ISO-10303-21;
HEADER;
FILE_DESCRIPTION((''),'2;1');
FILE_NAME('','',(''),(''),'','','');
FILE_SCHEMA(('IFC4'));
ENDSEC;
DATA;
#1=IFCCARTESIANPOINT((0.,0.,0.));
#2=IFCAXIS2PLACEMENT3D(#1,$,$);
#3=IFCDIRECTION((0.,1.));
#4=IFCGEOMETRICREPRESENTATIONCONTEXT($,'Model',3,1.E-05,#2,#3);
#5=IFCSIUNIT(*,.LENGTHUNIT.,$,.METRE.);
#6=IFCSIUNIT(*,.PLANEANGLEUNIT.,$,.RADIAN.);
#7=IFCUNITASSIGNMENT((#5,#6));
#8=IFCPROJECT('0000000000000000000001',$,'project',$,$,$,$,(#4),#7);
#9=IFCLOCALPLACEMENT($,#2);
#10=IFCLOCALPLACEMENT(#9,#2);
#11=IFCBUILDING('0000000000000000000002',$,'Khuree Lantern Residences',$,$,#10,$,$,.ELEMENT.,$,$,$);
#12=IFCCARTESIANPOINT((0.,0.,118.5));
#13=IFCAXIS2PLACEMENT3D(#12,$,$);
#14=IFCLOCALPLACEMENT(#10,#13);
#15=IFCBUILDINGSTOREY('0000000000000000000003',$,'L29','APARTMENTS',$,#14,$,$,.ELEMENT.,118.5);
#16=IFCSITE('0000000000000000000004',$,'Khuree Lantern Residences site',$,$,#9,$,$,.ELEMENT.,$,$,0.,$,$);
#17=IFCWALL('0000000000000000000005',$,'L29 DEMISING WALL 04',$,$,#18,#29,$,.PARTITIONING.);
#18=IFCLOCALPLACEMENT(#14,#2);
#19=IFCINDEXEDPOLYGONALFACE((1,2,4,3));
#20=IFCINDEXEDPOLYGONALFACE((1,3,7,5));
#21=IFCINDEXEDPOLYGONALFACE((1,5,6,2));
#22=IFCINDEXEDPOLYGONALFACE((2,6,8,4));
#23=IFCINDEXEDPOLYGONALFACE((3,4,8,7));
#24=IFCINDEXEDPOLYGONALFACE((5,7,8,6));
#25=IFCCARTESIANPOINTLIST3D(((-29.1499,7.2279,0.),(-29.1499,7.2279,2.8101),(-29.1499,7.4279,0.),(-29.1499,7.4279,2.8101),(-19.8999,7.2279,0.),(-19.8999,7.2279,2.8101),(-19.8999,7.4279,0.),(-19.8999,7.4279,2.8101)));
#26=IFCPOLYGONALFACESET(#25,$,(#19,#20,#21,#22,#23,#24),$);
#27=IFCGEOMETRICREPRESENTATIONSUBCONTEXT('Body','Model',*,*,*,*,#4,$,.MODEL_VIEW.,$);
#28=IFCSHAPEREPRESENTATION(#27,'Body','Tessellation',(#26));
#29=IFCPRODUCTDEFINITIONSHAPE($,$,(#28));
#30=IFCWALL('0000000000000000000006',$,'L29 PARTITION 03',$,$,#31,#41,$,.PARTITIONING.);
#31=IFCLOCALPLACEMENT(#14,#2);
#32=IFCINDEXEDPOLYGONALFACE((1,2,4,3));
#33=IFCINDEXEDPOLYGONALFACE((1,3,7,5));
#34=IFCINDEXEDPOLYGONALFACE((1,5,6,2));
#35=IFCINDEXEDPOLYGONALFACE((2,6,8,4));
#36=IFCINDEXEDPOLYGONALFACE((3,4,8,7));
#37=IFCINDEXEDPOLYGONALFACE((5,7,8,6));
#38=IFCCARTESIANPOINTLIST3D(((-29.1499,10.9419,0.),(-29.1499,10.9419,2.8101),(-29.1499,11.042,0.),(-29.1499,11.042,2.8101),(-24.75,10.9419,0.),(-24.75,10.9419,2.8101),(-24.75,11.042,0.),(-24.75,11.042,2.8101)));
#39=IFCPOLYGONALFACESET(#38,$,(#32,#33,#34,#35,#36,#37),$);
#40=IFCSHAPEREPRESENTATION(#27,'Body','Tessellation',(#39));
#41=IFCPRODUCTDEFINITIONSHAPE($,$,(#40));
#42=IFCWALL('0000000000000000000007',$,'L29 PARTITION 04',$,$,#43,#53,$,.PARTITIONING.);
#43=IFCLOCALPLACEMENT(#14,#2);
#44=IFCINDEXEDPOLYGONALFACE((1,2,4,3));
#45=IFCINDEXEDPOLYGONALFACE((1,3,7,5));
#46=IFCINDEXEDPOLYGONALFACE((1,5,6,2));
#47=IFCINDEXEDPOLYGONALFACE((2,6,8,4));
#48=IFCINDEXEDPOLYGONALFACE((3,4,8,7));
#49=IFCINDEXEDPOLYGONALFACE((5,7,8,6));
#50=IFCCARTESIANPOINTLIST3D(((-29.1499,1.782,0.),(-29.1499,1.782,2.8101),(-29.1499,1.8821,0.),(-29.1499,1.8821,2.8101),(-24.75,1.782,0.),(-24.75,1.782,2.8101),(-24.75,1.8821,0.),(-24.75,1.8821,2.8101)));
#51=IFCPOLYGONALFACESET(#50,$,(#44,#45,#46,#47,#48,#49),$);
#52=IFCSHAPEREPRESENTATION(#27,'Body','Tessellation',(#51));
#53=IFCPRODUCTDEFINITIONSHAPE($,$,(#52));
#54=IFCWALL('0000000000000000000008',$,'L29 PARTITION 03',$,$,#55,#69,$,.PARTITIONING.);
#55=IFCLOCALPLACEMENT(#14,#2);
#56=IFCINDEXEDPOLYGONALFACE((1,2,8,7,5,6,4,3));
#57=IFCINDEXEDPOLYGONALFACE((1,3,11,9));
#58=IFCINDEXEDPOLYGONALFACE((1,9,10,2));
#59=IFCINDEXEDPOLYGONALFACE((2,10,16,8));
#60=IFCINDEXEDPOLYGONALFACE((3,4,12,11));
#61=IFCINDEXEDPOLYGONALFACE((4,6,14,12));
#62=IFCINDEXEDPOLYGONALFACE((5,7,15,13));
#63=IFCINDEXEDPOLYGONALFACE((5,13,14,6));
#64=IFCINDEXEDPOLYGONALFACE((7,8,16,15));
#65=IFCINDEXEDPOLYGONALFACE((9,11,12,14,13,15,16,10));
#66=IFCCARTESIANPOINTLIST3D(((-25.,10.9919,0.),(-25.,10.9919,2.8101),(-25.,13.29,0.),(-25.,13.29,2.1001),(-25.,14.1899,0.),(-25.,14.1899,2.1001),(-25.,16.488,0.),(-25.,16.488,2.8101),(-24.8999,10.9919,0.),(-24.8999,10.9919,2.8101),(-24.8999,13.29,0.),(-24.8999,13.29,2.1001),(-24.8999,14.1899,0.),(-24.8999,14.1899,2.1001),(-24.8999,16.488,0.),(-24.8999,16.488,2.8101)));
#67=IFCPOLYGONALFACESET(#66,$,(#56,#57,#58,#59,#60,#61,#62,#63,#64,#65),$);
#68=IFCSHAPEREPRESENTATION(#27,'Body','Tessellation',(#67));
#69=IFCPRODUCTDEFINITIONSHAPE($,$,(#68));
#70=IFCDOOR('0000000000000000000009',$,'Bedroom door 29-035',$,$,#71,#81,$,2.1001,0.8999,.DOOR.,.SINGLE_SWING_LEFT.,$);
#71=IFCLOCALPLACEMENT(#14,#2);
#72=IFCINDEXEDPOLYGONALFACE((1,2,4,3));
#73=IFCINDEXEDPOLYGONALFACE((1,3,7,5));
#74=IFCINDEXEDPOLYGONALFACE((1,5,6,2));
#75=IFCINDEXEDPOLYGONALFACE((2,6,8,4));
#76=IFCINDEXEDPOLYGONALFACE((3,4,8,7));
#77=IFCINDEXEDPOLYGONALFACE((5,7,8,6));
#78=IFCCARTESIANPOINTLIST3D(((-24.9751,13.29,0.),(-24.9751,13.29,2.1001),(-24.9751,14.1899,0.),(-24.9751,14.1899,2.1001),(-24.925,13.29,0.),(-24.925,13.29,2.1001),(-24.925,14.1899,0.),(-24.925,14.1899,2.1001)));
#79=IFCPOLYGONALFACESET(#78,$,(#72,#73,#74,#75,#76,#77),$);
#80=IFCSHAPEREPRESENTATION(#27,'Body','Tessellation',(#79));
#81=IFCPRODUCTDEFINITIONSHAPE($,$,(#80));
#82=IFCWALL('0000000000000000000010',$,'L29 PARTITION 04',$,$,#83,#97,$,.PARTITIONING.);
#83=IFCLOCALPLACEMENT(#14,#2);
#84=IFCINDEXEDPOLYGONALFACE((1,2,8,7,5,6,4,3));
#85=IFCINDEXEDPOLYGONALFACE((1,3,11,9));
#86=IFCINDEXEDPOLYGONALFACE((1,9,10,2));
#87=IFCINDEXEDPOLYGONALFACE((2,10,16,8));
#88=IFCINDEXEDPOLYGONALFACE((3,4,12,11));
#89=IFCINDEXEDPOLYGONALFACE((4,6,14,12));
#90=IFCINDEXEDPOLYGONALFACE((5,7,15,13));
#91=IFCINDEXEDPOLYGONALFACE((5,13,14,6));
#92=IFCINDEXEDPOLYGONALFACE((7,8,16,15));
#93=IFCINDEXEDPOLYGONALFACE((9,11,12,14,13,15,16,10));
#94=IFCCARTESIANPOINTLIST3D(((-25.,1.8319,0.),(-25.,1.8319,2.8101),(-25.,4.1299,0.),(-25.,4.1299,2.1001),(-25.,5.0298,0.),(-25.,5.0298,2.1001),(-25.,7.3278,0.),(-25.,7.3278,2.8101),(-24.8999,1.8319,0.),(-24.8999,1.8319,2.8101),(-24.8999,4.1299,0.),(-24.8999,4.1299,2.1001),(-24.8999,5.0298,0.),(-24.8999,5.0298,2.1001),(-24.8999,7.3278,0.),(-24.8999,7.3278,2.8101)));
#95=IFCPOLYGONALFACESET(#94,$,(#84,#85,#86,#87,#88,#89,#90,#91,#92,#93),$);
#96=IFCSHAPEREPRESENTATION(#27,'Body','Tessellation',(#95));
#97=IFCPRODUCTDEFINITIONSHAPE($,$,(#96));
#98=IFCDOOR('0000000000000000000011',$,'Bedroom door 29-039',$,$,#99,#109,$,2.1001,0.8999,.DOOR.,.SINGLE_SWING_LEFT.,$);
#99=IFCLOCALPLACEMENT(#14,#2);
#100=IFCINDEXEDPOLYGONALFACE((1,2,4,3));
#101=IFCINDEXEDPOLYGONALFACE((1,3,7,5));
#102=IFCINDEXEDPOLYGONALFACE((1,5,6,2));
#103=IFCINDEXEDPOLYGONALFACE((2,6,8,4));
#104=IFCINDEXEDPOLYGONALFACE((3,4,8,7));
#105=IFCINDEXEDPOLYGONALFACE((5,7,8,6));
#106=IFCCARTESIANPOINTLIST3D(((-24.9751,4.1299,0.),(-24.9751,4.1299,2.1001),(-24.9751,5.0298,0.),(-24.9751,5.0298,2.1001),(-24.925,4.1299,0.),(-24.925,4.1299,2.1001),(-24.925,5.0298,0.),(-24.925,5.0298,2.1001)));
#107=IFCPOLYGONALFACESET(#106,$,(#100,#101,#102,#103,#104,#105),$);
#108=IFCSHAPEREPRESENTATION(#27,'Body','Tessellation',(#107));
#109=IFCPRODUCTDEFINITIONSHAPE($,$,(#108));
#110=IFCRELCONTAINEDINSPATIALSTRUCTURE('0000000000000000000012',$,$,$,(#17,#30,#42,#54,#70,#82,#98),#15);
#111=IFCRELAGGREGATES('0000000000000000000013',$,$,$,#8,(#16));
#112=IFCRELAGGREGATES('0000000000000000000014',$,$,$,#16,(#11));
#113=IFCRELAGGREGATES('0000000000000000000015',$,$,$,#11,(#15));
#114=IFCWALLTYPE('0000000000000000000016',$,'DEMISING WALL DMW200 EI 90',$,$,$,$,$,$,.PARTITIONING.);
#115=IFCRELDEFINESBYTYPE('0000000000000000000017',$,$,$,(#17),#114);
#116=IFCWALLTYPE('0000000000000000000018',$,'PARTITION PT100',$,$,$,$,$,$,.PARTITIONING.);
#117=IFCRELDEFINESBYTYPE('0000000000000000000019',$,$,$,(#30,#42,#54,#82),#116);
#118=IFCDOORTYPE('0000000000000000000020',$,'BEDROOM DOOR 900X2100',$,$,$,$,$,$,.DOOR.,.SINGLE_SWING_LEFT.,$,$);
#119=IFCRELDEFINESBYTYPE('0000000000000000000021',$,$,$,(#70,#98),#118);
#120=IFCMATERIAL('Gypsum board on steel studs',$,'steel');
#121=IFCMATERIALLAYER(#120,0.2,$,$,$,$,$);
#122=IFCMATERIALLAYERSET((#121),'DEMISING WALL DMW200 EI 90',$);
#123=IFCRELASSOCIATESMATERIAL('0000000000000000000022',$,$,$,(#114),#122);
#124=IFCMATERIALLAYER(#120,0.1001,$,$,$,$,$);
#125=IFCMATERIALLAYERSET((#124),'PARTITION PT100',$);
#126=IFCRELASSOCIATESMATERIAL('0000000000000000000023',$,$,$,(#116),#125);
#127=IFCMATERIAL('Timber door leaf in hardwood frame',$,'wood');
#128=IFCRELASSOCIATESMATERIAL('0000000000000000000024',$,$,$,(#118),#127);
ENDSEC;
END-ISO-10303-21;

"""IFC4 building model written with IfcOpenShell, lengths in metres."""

from ifc_helpers import new_model, si_unit, direction, frame, frame_2d, origin, place, context, subcontext, project, spatial, rectangle, extrude, material, layer, layer_set, type_object, element, fill, save


model = new_model("IFC4")

# Units and contexts
model_context = context("Model", 3, precision=1e-05, world=origin(), true_north=direction((0.0, 1.0)))
body_context = subcontext(model_context, "Body", "Model", "MODEL_VIEW")
ifc_project = project(units=[si_unit("LENGTHUNIT", "METRE"), si_unit("PLANEANGLEUNIT", "RADIAN")], contexts=[model_context])

# Site, building, storey
site_placement = place(None, origin())
site = spatial("IfcSite", under=ifc_project, at=site_placement, Name="Khuree Lantern Residences site", CompositionType="ELEMENT", RefElevation=0.0)
building_placement = place(site_placement, origin())
building = spatial("IfcBuilding", under=site, at=building_placement, Name="Khuree Lantern Residences", CompositionType="ELEMENT")
storey_placement = place(building_placement, frame((0.0, 0.0, 118.5)))
storey = spatial("IfcBuildingStorey", under=building, at=storey_placement, Name="L29", Description="APARTMENTS", CompositionType="ELEMENT", Elevation=118.5)

# Shared definitions
ifc_material_1 = material(Name="Timber door leaf in hardwood frame", Category="wood")

# Shared definitions
ifc_material_2 = material(Name="Gypsum board on steel studs", Category="steel")

# Walls
ifc_layer_1 = layer(ifc_material_2, 0.2)
ifc_layer_set_1 = layer_set([ifc_layer_1], Name="DEMISING WALL DMW200 EI 90")
wall_type_1 = type_object("IfcWallType", Name="DEMISING WALL DMW200 EI 90", PredefinedType="PARTITIONING", material=ifc_layer_set_1)
wall_1_placement = place(storey_placement, frame((-19.8999, 7.3279, 0.0), z_axis=(0.0, 0.0, 1.0), x_axis=(-1.0, 0.0, 0.0)))
element("IfcWall", 1, at=wall_1_placement, inside=storey, type_object=wall_type_1, Name="L29 DEMISING WALL 04", PredefinedType="PARTITIONING", context=body_context, shape_type="SweptSolid", body=[
    extrude(rectangle(XDim=9.25, YDim=0.2, at=frame_2d((4.625, 0.0))), origin(), (0.0, 0.0, 1.0), 2.8101),
])
ifc_layer_2 = layer(ifc_material_2, 0.1001)
ifc_layer_set_2 = layer_set([ifc_layer_2], Name="PARTITION PT100")
wall_type_2 = type_object("IfcWallType", Name="PARTITION PT100", PredefinedType="PARTITIONING", material=ifc_layer_set_2)
for number, where, z_axis, x_axis, name in (
    (2, (-24.75, 10.9919, 0.0), (0.0, 0.0, 1.0), (-1.0, 0.0, 0.0), "L29 PARTITION 03"),
    (3, (-24.75, 1.832, 0.0), (0.0, 0.0, 1.0), (-1.0, 0.0, 0.0), "L29 PARTITION 04"),
):
    element("IfcWall", number, at=place(storey_placement, frame(where, z_axis=z_axis, x_axis=x_axis)), inside=storey, type_object=wall_type_2, Name=name, PredefinedType="PARTITIONING", context=body_context, shape_type="SweptSolid", body=[
        extrude(rectangle(XDim=4.3999, YDim=0.1001, at=frame_2d((2.2, 0.0))), origin(), (0.0, 0.0, 1.0), 2.8101),
    ])

# Walls, openings, doors
wall_2_placement = place(storey_placement, frame((-24.95, 16.488, 0.0), z_axis=(0.0, 0.0, 1.0), x_axis=(0.0, -1.0, 0.0)))
wall_2 = element("IfcWall", 4, at=wall_2_placement, inside=storey, type_object=wall_type_2, Name="L29 PARTITION 03", PredefinedType="PARTITIONING", context=body_context, shape_type="SweptSolid", body=[
    extrude(rectangle(XDim=5.4961, YDim=0.1001, at=frame_2d((2.748, 0.0))), origin(), (0.0, 0.0, 1.0), 2.8101),
])
opening_1_placement = place(wall_2_placement, frame((2.2981, 0.0, 0.0)))
opening_1 = element("IfcOpeningElement", 5, at=opening_1_placement, cuts=wall_2, PredefinedType="OPENING", context=body_context, shape_type="SweptSolid", body=[
    extrude(rectangle(XDim=0.8999, YDim=2.1001, at=frame_2d((0.45, 1.05))), frame((0.0, 0.0601, 0.0), z_axis=(0.0, -1.0, 0.0), x_axis=(1.0, 0.0, 0.0)), (0.0, 0.0, 1.0), 0.1201),
])
door_type_1 = type_object("IfcDoorType", Name="BEDROOM DOOR 900X2100", OperationType="SINGLE_SWING_LEFT", PredefinedType="DOOR", material=ifc_material_1)
door_1_placement = place(opening_1_placement, origin())
door_1 = element("IfcDoor", 6, at=door_1_placement, inside=storey, type_object=door_type_1, Name="Bedroom door 29-035", OperationType="SINGLE_SWING_LEFT", OverallHeight=2.1001, OverallWidth=0.8999, PredefinedType="DOOR", context=body_context, shape_type="SweptSolid", body=[
    extrude(rectangle(XDim=0.8999, YDim=2.1001, at=frame_2d((0.45, 1.05))), frame((0.0, 0.0249, 0.0), z_axis=(0.0, -1.0, 0.0), x_axis=(1.0, 0.0, 0.0)), (0.0, 0.0, 1.0), 0.05),
])
fill(opening_1, door_1)
wall_3_placement = place(storey_placement, frame((-24.95, 7.3279, 0.0), z_axis=(0.0, 0.0, 1.0), x_axis=(0.0, -1.0, 0.0)))
wall_3 = element("IfcWall", 7, at=wall_3_placement, inside=storey, type_object=wall_type_2, Name="L29 PARTITION 04", PredefinedType="PARTITIONING", context=body_context, shape_type="SweptSolid", body=[
    extrude(rectangle(XDim=5.4958, YDim=0.1001, at=frame_2d((2.748, 0.0))), origin(), (0.0, 0.0, 1.0), 2.8101),
])
opening_2_placement = place(wall_3_placement, frame((2.2981, 0.0, 0.0)))
opening_2 = element("IfcOpeningElement", 8, at=opening_2_placement, cuts=wall_3, PredefinedType="OPENING", context=body_context, shape_type="SweptSolid", body=[
    extrude(rectangle(XDim=0.8999, YDim=2.1001, at=frame_2d((0.45, 1.05))), frame((0.0, 0.0601, 0.0), z_axis=(0.0, -1.0, 0.0), x_axis=(1.0, 0.0, 0.0)), (0.0, 0.0, 1.0), 0.1201),
])
door_2_placement = place(opening_2_placement, origin())
door_2 = element("IfcDoor", 9, at=door_2_placement, inside=storey, type_object=door_type_1, Name="Bedroom door 29-039", OperationType="SINGLE_SWING_LEFT", OverallHeight=2.1001, OverallWidth=0.8999, PredefinedType="DOOR", context=body_context, shape_type="SweptSolid", body=[
    extrude(rectangle(XDim=0.8999, YDim=2.1001, at=frame_2d((0.45, 1.05))), frame((0.0, 0.0249, 0.0), z_axis=(0.0, -1.0, 0.0), x_axis=(1.0, 0.0, 0.0)), (0.0, 0.0, 1.0), 0.05),
])
fill(opening_2, door_2)

save(model, "model.ifc")
